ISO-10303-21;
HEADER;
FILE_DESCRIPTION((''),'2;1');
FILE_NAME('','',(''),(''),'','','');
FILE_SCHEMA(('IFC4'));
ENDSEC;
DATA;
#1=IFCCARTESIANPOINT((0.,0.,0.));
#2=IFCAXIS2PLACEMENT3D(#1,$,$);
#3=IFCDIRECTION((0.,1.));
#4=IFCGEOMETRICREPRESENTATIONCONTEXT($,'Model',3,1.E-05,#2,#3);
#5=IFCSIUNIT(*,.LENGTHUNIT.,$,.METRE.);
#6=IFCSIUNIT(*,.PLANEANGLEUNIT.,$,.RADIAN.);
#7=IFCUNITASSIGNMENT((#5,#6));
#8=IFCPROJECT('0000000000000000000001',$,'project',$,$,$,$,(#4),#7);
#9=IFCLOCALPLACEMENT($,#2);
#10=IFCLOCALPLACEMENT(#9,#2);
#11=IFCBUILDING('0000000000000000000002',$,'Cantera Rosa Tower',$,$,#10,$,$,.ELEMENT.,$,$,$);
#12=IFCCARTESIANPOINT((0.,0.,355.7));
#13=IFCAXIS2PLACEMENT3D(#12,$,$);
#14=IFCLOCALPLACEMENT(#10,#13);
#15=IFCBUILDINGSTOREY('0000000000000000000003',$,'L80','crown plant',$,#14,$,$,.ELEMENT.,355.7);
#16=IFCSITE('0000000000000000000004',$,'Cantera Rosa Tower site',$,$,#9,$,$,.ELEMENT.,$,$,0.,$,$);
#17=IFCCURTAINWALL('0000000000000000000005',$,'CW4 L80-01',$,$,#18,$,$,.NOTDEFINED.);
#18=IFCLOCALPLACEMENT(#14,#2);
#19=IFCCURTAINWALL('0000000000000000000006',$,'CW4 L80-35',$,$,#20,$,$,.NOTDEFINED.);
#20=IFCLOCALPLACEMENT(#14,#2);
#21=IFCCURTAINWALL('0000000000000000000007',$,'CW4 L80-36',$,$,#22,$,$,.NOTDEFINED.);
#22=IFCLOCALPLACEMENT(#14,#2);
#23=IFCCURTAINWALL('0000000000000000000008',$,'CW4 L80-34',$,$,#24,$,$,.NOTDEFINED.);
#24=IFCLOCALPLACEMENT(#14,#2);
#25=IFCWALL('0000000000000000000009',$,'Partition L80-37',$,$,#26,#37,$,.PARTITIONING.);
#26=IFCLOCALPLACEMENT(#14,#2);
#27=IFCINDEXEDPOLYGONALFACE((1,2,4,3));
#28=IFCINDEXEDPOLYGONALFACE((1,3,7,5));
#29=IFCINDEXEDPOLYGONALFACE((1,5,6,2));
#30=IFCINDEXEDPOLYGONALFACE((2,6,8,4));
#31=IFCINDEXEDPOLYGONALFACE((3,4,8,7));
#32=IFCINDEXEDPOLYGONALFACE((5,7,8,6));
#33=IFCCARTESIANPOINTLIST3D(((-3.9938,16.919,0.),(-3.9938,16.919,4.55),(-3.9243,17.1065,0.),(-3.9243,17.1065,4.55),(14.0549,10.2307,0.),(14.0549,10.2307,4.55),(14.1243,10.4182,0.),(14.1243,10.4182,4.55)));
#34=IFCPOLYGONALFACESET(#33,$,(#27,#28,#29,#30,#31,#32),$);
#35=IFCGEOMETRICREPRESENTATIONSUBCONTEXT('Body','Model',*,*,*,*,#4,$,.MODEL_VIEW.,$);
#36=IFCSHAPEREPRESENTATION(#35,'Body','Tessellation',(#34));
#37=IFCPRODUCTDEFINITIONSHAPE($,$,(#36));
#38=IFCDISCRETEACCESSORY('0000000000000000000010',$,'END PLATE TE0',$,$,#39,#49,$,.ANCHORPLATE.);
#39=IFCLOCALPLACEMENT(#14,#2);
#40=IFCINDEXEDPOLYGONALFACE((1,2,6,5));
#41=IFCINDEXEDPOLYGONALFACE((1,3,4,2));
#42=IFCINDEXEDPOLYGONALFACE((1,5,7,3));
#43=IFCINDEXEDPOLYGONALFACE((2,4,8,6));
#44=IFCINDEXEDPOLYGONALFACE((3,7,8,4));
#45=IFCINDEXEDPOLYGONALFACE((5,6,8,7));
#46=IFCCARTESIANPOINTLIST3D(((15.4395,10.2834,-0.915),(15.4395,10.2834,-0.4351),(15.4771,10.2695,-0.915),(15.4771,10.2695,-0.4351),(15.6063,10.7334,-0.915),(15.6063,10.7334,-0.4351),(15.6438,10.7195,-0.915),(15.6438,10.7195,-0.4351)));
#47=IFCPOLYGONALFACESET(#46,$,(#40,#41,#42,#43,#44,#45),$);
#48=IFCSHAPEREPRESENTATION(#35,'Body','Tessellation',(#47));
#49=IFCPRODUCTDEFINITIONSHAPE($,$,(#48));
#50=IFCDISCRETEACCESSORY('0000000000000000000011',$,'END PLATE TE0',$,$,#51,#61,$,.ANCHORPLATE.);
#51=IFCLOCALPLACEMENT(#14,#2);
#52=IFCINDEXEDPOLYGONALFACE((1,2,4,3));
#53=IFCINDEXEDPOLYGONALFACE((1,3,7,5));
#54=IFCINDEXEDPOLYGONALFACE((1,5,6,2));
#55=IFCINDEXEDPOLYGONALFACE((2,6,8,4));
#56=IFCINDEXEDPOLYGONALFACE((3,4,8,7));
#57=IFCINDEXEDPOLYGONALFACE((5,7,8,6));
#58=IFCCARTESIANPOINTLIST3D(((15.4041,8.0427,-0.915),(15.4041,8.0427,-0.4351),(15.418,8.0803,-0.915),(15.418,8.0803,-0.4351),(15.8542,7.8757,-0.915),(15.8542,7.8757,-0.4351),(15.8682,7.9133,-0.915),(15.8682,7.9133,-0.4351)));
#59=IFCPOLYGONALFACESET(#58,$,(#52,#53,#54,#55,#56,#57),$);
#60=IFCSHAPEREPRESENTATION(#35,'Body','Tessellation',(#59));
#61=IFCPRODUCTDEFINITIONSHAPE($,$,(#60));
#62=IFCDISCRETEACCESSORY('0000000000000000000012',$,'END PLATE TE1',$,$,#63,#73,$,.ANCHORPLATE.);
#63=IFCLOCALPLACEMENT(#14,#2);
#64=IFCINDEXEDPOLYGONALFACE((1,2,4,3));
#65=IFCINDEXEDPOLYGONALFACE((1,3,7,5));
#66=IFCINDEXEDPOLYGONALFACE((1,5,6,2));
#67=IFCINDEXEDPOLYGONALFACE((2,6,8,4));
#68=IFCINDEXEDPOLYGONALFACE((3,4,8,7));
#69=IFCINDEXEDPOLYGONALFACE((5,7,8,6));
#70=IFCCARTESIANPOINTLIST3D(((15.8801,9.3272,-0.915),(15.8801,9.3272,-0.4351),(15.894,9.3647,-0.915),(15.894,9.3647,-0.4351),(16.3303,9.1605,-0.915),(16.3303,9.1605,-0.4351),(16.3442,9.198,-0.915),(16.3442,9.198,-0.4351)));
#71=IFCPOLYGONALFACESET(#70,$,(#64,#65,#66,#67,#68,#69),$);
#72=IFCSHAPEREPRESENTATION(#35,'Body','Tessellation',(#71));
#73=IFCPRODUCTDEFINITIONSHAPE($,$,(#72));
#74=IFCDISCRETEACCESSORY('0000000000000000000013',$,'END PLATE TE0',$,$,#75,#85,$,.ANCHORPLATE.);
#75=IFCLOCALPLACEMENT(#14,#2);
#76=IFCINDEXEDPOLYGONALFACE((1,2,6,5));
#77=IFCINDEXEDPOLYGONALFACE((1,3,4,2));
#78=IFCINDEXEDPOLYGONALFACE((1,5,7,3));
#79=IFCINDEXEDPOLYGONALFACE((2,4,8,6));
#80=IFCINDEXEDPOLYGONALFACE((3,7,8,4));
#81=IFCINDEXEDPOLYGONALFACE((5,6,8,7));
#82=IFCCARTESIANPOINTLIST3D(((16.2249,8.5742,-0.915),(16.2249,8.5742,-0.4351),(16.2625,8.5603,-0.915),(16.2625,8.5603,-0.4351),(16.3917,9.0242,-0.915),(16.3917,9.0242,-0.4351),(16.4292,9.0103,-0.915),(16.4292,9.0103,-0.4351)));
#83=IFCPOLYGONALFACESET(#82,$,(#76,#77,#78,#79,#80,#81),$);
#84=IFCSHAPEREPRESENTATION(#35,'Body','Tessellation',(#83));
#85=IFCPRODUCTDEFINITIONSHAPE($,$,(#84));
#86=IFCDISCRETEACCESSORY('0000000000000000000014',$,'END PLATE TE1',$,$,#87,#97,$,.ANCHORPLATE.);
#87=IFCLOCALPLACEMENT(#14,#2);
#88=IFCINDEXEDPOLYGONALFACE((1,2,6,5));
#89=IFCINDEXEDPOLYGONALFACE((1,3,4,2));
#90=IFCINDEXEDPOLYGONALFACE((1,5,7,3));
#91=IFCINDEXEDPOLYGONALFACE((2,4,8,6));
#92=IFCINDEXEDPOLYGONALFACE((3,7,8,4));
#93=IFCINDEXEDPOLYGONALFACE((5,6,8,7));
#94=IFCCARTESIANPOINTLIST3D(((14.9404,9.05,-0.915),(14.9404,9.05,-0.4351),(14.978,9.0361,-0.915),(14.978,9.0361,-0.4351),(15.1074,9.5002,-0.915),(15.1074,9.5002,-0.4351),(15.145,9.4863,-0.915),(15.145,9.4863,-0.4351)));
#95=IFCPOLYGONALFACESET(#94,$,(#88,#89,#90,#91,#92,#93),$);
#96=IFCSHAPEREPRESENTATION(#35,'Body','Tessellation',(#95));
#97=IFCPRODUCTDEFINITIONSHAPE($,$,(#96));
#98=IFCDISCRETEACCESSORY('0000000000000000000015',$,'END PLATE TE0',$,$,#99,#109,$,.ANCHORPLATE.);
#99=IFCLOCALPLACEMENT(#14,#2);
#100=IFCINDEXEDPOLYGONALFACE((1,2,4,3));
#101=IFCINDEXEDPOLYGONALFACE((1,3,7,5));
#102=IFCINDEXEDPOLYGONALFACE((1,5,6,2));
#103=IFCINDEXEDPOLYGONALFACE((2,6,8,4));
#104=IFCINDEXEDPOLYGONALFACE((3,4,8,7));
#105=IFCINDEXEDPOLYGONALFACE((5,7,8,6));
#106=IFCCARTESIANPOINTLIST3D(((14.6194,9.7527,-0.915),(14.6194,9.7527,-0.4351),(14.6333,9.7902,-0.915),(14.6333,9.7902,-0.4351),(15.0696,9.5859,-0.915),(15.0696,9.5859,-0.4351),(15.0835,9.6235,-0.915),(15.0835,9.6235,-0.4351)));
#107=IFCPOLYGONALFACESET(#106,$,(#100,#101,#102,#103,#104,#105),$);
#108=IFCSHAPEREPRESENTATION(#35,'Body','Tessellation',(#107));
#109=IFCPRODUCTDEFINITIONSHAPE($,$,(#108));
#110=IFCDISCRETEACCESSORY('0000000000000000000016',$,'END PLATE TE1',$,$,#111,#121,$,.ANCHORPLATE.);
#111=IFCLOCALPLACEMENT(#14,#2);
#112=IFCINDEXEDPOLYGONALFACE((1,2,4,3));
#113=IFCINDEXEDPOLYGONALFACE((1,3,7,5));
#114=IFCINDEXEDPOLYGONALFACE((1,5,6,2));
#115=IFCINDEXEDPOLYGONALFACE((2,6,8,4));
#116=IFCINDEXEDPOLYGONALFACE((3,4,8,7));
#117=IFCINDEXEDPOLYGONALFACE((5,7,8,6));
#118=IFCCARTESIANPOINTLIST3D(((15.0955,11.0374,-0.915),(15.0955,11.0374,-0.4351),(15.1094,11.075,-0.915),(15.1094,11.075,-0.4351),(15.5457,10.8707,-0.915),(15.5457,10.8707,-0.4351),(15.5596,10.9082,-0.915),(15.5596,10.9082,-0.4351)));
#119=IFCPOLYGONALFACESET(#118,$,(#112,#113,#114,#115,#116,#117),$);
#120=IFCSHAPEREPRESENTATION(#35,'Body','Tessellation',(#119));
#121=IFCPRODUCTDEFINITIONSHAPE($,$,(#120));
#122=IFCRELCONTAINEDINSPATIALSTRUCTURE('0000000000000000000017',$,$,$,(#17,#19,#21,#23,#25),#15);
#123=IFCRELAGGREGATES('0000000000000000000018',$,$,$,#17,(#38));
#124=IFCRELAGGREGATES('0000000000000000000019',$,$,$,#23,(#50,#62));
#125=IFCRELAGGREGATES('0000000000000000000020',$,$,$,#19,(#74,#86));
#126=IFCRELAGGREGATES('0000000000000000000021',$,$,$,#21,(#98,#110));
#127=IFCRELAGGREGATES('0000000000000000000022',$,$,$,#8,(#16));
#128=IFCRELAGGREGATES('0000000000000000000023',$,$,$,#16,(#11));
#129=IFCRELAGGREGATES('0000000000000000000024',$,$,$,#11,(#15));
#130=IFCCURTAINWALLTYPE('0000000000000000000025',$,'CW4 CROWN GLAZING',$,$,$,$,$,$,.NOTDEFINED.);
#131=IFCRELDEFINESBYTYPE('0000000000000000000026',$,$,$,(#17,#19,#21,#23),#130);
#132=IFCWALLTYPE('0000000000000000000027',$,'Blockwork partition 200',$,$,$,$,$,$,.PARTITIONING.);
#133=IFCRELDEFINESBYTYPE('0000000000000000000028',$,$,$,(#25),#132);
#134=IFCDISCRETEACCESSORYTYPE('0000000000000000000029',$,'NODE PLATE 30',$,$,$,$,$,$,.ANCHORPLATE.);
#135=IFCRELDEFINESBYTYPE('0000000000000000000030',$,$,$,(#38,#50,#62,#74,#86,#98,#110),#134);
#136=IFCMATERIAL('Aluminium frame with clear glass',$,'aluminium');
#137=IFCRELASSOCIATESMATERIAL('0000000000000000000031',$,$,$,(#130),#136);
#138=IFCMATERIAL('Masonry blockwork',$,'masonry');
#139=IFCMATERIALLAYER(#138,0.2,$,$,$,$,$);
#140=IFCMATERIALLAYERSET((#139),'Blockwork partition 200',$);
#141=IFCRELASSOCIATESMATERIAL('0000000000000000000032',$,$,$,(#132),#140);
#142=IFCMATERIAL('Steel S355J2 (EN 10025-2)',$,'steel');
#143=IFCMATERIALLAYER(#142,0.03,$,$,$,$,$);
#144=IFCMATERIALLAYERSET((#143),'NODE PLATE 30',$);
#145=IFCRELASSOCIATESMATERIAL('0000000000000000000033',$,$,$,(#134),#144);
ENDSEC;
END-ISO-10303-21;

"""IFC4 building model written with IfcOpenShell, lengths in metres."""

from ifc_helpers import new_model, si_unit, direction, frame, frame_2d, origin, place, context, subcontext, project, spatial, polyline, rectangle, outline, extrude, material, layer, layer_set, type_object, element, aggregate, save


model = new_model("IFC4")

# Units and contexts
model_context = context("Model", 3, precision=1e-05, world=origin(), true_north=direction((0.0, 1.0)))
body_context = subcontext(model_context, "Body", "Model", "MODEL_VIEW")
ifc_project = project(units=[si_unit("LENGTHUNIT", "METRE"), si_unit("PLANEANGLEUNIT", "RADIAN")], contexts=[model_context])

# Site, building, storey
site_placement = place(None, origin())
site = spatial("IfcSite", under=ifc_project, at=site_placement, Name="Cantera Rosa Tower site", CompositionType="ELEMENT", RefElevation=0.0)
building_placement = place(site_placement, origin())
building = spatial("IfcBuilding", under=site, at=building_placement, Name="Cantera Rosa Tower", CompositionType="ELEMENT")
storey_placement = place(building_placement, frame((0.0, 0.0, 355.7)))
storey = spatial("IfcBuildingStorey", under=building, at=storey_placement, Name="L80", Description="crown plant", CompositionType="ELEMENT", Elevation=355.7)

# Curtain walls
ifc_material_1 = material(Name="Aluminium frame with clear glass", Category="aluminium")
curtain_wall_type = type_object("IfcCurtainWallType", Name="CW4 CROWN GLAZING", PredefinedType="NOTDEFINED", material=ifc_material_1)
curtain_wall_1_placement = place(storey_placement, origin())
curtain_wall_1 = element("IfcCurtainWall", 1, at=curtain_wall_1_placement, inside=storey, type_object=curtain_wall_type, Name="CW4 L80-01", PredefinedType="NOTDEFINED")
curtain_wall_2_placement = place(storey_placement, origin())
curtain_wall_2 = element("IfcCurtainWall", 2, at=curtain_wall_2_placement, inside=storey, type_object=curtain_wall_type, Name="CW4 L80-35", PredefinedType="NOTDEFINED")
curtain_wall_3_placement = place(storey_placement, origin())
curtain_wall_3 = element("IfcCurtainWall", 3, at=curtain_wall_3_placement, inside=storey, type_object=curtain_wall_type, Name="CW4 L80-36", PredefinedType="NOTDEFINED")

# Curtain wall
curtain_wall_4_placement = place(storey_placement, origin())
curtain_wall_4 = element("IfcCurtainWall", 4, at=curtain_wall_4_placement, inside=storey, type_object=curtain_wall_type, Name="CW4 L80-34", PredefinedType="NOTDEFINED")

# Wall
ifc_material_2 = material(Name="Masonry blockwork", Category="masonry")
ifc_layer_1 = layer(ifc_material_2, 0.2)
ifc_layer_set_1 = layer_set([ifc_layer_1], Name="Blockwork partition 200")
wall_type = type_object("IfcWallType", Name="Blockwork partition 200", PredefinedType="PARTITIONING", material=ifc_layer_set_1)
wall_1_placement = place(storey_placement, frame((14.0896, 10.3245, 0.0), z_axis=(0.0, 0.0, 1.0), x_axis=(-0.937688, 0.347478, 0.0)))
element("IfcWall", 5, at=wall_1_placement, inside=storey, type_object=wall_type, Name="Partition L80-37", PredefinedType="PARTITIONING", context=body_context, shape_type="SweptSolid", body=[
    extrude(rectangle(XDim=19.248, YDim=0.2, at=frame_2d((9.624, 0.0))), origin(), (0.0, 0.0, 1.0), 4.55),
])

# Discrete accessories
ifc_material_3 = material(Name="Steel S355J2 (EN 10025-2)", Category="steel")
ifc_layer_2 = layer(ifc_material_3, 0.03)
ifc_layer_set_2 = layer_set([ifc_layer_2], Name="NODE PLATE 30")
discrete_accessory_type = type_object("IfcDiscreteAccessoryType", Name="NODE PLATE 30", PredefinedType="ANCHORPLATE", material=ifc_layer_set_2)
discrete_accessory_1_placement = place(storey_placement, frame((15.6438, 10.7195, -0.4351), z_axis=(0.937681, -0.347497, 0.0), x_axis=(-0.347497, -0.937681, 0.0)))
discrete_accessory_1 = element("IfcDiscreteAccessory", 6, at=discrete_accessory_1_placement, type_object=discrete_accessory_type, Name="END PLATE TE0", PredefinedType="ANCHORPLATE", context=body_context, shape_type="SweptSolid", body=[
    extrude(outline(polyline([(0.0, 0.0), (0.4799, 0.0), (0.4799, 0.48), (0.0, 0.48), (0.0, 0.0)])), origin(), (0.0, 0.0, -1.0), 0.04),
])
aggregate(curtain_wall_1, [discrete_accessory_1])
discrete_accessory_2_placement = place(storey_placement, frame((15.8542, 7.8757, -0.4351), z_axis=(-0.347778, -0.937577, 0.0), x_axis=(-0.937577, 0.347778, 0.0)))
discrete_accessory_2 = element("IfcDiscreteAccessory", 7, at=discrete_accessory_2_placement, type_object=discrete_accessory_type, Name="END PLATE TE0", PredefinedType="ANCHORPLATE", context=body_context, shape_type="SweptSolid", body=[
    extrude(outline(polyline([(0.0, 0.0), (0.4802, 0.0), (0.4802, 0.48), (0.0, 0.48), (0.0, 0.0)])), origin(), (0.0, 0.0, -1.0), 0.04),
])
discrete_accessory_3_placement = place(storey_placement, frame((15.894, 9.3647, -0.4351), z_axis=(0.347331, 0.937743, 0.0), x_axis=(0.937743, -0.347331, 0.0)))
discrete_accessory_3 = element("IfcDiscreteAccessory", 8, at=discrete_accessory_3_placement, type_object=discrete_accessory_type, Name="END PLATE TE1", PredefinedType="ANCHORPLATE", context=body_context, shape_type="SweptSolid", body=[
    extrude(outline(polyline([(0.0, 0.0), (0.4801, 0.0), (0.4801, 0.48), (0.0, 0.48), (0.0, 0.0)])), origin(), (0.0, 0.0, -1.0), 0.04),
])
aggregate(curtain_wall_4, [discrete_accessory_2, discrete_accessory_3])
discrete_accessory_4_placement = place(storey_placement, frame((16.4292, 9.0103, -0.4351), z_axis=(0.937681, -0.347497, 0.0), x_axis=(-0.347497, -0.937681, 0.0)))
discrete_accessory_4 = element("IfcDiscreteAccessory", 9, at=discrete_accessory_4_placement, type_object=discrete_accessory_type, Name="END PLATE TE0", PredefinedType="ANCHORPLATE", context=body_context, shape_type="SweptSolid", body=[
    extrude(outline(polyline([(0.0, 0.0), (0.4799, 0.0), (0.4799, 0.48), (0.0, 0.48), (0.0, 0.0)])), origin(), (0.0, 0.0, -1.0), 0.04),
])
discrete_accessory_5_placement = place(storey_placement, frame((14.9404, 9.05, -0.4351), z_axis=(-0.937577, 0.347778, 0.0), x_axis=(0.347778, 0.937577, 0.0)))
discrete_accessory_5 = element("IfcDiscreteAccessory", 10, at=discrete_accessory_5_placement, type_object=discrete_accessory_type, Name="END PLATE TE1", PredefinedType="ANCHORPLATE", context=body_context, shape_type="SweptSolid", body=[
    extrude(outline(polyline([(0.0, 0.0), (0.4802, 0.0), (0.4802, 0.48), (0.0, 0.48), (0.0, 0.0)])), origin(), (0.0, 0.0, -1.0), 0.04),
])
aggregate(curtain_wall_2, [discrete_accessory_4, discrete_accessory_5])
discrete_accessory_6_placement = place(storey_placement, frame((15.0696, 9.5859, -0.4351), z_axis=(-0.347331, -0.937743, 0.0), x_axis=(-0.937743, 0.347331, 0.0)))
discrete_accessory_6 = element("IfcDiscreteAccessory", 11, at=discrete_accessory_6_placement, type_object=discrete_accessory_type, Name="END PLATE TE0", PredefinedType="ANCHORPLATE", context=body_context, shape_type="SweptSolid", body=[
    extrude(outline(polyline([(0.0, 0.0), (0.4801, 0.0), (0.4801, 0.48), (0.0, 0.48), (0.0, 0.0)])), origin(), (0.0, 0.0, -1.0), 0.04),
])
discrete_accessory_7_placement = place(storey_placement, frame((15.1094, 11.075, -0.4351), z_axis=(0.347331, 0.937743, 0.0), x_axis=(0.937743, -0.347331, 0.0)))
discrete_accessory_7 = element("IfcDiscreteAccessory", 12, at=discrete_accessory_7_placement, type_object=discrete_accessory_type, Name="END PLATE TE1", PredefinedType="ANCHORPLATE", context=body_context, shape_type="SweptSolid", body=[
    extrude(outline(polyline([(0.0, 0.0), (0.4801, 0.0), (0.4801, 0.48), (0.0, 0.48), (0.0, 0.0)])), origin(), (0.0, 0.0, -1.0), 0.04),
])
aggregate(curtain_wall_3, [discrete_accessory_6, discrete_accessory_7])

save(model, "model.ifc")
